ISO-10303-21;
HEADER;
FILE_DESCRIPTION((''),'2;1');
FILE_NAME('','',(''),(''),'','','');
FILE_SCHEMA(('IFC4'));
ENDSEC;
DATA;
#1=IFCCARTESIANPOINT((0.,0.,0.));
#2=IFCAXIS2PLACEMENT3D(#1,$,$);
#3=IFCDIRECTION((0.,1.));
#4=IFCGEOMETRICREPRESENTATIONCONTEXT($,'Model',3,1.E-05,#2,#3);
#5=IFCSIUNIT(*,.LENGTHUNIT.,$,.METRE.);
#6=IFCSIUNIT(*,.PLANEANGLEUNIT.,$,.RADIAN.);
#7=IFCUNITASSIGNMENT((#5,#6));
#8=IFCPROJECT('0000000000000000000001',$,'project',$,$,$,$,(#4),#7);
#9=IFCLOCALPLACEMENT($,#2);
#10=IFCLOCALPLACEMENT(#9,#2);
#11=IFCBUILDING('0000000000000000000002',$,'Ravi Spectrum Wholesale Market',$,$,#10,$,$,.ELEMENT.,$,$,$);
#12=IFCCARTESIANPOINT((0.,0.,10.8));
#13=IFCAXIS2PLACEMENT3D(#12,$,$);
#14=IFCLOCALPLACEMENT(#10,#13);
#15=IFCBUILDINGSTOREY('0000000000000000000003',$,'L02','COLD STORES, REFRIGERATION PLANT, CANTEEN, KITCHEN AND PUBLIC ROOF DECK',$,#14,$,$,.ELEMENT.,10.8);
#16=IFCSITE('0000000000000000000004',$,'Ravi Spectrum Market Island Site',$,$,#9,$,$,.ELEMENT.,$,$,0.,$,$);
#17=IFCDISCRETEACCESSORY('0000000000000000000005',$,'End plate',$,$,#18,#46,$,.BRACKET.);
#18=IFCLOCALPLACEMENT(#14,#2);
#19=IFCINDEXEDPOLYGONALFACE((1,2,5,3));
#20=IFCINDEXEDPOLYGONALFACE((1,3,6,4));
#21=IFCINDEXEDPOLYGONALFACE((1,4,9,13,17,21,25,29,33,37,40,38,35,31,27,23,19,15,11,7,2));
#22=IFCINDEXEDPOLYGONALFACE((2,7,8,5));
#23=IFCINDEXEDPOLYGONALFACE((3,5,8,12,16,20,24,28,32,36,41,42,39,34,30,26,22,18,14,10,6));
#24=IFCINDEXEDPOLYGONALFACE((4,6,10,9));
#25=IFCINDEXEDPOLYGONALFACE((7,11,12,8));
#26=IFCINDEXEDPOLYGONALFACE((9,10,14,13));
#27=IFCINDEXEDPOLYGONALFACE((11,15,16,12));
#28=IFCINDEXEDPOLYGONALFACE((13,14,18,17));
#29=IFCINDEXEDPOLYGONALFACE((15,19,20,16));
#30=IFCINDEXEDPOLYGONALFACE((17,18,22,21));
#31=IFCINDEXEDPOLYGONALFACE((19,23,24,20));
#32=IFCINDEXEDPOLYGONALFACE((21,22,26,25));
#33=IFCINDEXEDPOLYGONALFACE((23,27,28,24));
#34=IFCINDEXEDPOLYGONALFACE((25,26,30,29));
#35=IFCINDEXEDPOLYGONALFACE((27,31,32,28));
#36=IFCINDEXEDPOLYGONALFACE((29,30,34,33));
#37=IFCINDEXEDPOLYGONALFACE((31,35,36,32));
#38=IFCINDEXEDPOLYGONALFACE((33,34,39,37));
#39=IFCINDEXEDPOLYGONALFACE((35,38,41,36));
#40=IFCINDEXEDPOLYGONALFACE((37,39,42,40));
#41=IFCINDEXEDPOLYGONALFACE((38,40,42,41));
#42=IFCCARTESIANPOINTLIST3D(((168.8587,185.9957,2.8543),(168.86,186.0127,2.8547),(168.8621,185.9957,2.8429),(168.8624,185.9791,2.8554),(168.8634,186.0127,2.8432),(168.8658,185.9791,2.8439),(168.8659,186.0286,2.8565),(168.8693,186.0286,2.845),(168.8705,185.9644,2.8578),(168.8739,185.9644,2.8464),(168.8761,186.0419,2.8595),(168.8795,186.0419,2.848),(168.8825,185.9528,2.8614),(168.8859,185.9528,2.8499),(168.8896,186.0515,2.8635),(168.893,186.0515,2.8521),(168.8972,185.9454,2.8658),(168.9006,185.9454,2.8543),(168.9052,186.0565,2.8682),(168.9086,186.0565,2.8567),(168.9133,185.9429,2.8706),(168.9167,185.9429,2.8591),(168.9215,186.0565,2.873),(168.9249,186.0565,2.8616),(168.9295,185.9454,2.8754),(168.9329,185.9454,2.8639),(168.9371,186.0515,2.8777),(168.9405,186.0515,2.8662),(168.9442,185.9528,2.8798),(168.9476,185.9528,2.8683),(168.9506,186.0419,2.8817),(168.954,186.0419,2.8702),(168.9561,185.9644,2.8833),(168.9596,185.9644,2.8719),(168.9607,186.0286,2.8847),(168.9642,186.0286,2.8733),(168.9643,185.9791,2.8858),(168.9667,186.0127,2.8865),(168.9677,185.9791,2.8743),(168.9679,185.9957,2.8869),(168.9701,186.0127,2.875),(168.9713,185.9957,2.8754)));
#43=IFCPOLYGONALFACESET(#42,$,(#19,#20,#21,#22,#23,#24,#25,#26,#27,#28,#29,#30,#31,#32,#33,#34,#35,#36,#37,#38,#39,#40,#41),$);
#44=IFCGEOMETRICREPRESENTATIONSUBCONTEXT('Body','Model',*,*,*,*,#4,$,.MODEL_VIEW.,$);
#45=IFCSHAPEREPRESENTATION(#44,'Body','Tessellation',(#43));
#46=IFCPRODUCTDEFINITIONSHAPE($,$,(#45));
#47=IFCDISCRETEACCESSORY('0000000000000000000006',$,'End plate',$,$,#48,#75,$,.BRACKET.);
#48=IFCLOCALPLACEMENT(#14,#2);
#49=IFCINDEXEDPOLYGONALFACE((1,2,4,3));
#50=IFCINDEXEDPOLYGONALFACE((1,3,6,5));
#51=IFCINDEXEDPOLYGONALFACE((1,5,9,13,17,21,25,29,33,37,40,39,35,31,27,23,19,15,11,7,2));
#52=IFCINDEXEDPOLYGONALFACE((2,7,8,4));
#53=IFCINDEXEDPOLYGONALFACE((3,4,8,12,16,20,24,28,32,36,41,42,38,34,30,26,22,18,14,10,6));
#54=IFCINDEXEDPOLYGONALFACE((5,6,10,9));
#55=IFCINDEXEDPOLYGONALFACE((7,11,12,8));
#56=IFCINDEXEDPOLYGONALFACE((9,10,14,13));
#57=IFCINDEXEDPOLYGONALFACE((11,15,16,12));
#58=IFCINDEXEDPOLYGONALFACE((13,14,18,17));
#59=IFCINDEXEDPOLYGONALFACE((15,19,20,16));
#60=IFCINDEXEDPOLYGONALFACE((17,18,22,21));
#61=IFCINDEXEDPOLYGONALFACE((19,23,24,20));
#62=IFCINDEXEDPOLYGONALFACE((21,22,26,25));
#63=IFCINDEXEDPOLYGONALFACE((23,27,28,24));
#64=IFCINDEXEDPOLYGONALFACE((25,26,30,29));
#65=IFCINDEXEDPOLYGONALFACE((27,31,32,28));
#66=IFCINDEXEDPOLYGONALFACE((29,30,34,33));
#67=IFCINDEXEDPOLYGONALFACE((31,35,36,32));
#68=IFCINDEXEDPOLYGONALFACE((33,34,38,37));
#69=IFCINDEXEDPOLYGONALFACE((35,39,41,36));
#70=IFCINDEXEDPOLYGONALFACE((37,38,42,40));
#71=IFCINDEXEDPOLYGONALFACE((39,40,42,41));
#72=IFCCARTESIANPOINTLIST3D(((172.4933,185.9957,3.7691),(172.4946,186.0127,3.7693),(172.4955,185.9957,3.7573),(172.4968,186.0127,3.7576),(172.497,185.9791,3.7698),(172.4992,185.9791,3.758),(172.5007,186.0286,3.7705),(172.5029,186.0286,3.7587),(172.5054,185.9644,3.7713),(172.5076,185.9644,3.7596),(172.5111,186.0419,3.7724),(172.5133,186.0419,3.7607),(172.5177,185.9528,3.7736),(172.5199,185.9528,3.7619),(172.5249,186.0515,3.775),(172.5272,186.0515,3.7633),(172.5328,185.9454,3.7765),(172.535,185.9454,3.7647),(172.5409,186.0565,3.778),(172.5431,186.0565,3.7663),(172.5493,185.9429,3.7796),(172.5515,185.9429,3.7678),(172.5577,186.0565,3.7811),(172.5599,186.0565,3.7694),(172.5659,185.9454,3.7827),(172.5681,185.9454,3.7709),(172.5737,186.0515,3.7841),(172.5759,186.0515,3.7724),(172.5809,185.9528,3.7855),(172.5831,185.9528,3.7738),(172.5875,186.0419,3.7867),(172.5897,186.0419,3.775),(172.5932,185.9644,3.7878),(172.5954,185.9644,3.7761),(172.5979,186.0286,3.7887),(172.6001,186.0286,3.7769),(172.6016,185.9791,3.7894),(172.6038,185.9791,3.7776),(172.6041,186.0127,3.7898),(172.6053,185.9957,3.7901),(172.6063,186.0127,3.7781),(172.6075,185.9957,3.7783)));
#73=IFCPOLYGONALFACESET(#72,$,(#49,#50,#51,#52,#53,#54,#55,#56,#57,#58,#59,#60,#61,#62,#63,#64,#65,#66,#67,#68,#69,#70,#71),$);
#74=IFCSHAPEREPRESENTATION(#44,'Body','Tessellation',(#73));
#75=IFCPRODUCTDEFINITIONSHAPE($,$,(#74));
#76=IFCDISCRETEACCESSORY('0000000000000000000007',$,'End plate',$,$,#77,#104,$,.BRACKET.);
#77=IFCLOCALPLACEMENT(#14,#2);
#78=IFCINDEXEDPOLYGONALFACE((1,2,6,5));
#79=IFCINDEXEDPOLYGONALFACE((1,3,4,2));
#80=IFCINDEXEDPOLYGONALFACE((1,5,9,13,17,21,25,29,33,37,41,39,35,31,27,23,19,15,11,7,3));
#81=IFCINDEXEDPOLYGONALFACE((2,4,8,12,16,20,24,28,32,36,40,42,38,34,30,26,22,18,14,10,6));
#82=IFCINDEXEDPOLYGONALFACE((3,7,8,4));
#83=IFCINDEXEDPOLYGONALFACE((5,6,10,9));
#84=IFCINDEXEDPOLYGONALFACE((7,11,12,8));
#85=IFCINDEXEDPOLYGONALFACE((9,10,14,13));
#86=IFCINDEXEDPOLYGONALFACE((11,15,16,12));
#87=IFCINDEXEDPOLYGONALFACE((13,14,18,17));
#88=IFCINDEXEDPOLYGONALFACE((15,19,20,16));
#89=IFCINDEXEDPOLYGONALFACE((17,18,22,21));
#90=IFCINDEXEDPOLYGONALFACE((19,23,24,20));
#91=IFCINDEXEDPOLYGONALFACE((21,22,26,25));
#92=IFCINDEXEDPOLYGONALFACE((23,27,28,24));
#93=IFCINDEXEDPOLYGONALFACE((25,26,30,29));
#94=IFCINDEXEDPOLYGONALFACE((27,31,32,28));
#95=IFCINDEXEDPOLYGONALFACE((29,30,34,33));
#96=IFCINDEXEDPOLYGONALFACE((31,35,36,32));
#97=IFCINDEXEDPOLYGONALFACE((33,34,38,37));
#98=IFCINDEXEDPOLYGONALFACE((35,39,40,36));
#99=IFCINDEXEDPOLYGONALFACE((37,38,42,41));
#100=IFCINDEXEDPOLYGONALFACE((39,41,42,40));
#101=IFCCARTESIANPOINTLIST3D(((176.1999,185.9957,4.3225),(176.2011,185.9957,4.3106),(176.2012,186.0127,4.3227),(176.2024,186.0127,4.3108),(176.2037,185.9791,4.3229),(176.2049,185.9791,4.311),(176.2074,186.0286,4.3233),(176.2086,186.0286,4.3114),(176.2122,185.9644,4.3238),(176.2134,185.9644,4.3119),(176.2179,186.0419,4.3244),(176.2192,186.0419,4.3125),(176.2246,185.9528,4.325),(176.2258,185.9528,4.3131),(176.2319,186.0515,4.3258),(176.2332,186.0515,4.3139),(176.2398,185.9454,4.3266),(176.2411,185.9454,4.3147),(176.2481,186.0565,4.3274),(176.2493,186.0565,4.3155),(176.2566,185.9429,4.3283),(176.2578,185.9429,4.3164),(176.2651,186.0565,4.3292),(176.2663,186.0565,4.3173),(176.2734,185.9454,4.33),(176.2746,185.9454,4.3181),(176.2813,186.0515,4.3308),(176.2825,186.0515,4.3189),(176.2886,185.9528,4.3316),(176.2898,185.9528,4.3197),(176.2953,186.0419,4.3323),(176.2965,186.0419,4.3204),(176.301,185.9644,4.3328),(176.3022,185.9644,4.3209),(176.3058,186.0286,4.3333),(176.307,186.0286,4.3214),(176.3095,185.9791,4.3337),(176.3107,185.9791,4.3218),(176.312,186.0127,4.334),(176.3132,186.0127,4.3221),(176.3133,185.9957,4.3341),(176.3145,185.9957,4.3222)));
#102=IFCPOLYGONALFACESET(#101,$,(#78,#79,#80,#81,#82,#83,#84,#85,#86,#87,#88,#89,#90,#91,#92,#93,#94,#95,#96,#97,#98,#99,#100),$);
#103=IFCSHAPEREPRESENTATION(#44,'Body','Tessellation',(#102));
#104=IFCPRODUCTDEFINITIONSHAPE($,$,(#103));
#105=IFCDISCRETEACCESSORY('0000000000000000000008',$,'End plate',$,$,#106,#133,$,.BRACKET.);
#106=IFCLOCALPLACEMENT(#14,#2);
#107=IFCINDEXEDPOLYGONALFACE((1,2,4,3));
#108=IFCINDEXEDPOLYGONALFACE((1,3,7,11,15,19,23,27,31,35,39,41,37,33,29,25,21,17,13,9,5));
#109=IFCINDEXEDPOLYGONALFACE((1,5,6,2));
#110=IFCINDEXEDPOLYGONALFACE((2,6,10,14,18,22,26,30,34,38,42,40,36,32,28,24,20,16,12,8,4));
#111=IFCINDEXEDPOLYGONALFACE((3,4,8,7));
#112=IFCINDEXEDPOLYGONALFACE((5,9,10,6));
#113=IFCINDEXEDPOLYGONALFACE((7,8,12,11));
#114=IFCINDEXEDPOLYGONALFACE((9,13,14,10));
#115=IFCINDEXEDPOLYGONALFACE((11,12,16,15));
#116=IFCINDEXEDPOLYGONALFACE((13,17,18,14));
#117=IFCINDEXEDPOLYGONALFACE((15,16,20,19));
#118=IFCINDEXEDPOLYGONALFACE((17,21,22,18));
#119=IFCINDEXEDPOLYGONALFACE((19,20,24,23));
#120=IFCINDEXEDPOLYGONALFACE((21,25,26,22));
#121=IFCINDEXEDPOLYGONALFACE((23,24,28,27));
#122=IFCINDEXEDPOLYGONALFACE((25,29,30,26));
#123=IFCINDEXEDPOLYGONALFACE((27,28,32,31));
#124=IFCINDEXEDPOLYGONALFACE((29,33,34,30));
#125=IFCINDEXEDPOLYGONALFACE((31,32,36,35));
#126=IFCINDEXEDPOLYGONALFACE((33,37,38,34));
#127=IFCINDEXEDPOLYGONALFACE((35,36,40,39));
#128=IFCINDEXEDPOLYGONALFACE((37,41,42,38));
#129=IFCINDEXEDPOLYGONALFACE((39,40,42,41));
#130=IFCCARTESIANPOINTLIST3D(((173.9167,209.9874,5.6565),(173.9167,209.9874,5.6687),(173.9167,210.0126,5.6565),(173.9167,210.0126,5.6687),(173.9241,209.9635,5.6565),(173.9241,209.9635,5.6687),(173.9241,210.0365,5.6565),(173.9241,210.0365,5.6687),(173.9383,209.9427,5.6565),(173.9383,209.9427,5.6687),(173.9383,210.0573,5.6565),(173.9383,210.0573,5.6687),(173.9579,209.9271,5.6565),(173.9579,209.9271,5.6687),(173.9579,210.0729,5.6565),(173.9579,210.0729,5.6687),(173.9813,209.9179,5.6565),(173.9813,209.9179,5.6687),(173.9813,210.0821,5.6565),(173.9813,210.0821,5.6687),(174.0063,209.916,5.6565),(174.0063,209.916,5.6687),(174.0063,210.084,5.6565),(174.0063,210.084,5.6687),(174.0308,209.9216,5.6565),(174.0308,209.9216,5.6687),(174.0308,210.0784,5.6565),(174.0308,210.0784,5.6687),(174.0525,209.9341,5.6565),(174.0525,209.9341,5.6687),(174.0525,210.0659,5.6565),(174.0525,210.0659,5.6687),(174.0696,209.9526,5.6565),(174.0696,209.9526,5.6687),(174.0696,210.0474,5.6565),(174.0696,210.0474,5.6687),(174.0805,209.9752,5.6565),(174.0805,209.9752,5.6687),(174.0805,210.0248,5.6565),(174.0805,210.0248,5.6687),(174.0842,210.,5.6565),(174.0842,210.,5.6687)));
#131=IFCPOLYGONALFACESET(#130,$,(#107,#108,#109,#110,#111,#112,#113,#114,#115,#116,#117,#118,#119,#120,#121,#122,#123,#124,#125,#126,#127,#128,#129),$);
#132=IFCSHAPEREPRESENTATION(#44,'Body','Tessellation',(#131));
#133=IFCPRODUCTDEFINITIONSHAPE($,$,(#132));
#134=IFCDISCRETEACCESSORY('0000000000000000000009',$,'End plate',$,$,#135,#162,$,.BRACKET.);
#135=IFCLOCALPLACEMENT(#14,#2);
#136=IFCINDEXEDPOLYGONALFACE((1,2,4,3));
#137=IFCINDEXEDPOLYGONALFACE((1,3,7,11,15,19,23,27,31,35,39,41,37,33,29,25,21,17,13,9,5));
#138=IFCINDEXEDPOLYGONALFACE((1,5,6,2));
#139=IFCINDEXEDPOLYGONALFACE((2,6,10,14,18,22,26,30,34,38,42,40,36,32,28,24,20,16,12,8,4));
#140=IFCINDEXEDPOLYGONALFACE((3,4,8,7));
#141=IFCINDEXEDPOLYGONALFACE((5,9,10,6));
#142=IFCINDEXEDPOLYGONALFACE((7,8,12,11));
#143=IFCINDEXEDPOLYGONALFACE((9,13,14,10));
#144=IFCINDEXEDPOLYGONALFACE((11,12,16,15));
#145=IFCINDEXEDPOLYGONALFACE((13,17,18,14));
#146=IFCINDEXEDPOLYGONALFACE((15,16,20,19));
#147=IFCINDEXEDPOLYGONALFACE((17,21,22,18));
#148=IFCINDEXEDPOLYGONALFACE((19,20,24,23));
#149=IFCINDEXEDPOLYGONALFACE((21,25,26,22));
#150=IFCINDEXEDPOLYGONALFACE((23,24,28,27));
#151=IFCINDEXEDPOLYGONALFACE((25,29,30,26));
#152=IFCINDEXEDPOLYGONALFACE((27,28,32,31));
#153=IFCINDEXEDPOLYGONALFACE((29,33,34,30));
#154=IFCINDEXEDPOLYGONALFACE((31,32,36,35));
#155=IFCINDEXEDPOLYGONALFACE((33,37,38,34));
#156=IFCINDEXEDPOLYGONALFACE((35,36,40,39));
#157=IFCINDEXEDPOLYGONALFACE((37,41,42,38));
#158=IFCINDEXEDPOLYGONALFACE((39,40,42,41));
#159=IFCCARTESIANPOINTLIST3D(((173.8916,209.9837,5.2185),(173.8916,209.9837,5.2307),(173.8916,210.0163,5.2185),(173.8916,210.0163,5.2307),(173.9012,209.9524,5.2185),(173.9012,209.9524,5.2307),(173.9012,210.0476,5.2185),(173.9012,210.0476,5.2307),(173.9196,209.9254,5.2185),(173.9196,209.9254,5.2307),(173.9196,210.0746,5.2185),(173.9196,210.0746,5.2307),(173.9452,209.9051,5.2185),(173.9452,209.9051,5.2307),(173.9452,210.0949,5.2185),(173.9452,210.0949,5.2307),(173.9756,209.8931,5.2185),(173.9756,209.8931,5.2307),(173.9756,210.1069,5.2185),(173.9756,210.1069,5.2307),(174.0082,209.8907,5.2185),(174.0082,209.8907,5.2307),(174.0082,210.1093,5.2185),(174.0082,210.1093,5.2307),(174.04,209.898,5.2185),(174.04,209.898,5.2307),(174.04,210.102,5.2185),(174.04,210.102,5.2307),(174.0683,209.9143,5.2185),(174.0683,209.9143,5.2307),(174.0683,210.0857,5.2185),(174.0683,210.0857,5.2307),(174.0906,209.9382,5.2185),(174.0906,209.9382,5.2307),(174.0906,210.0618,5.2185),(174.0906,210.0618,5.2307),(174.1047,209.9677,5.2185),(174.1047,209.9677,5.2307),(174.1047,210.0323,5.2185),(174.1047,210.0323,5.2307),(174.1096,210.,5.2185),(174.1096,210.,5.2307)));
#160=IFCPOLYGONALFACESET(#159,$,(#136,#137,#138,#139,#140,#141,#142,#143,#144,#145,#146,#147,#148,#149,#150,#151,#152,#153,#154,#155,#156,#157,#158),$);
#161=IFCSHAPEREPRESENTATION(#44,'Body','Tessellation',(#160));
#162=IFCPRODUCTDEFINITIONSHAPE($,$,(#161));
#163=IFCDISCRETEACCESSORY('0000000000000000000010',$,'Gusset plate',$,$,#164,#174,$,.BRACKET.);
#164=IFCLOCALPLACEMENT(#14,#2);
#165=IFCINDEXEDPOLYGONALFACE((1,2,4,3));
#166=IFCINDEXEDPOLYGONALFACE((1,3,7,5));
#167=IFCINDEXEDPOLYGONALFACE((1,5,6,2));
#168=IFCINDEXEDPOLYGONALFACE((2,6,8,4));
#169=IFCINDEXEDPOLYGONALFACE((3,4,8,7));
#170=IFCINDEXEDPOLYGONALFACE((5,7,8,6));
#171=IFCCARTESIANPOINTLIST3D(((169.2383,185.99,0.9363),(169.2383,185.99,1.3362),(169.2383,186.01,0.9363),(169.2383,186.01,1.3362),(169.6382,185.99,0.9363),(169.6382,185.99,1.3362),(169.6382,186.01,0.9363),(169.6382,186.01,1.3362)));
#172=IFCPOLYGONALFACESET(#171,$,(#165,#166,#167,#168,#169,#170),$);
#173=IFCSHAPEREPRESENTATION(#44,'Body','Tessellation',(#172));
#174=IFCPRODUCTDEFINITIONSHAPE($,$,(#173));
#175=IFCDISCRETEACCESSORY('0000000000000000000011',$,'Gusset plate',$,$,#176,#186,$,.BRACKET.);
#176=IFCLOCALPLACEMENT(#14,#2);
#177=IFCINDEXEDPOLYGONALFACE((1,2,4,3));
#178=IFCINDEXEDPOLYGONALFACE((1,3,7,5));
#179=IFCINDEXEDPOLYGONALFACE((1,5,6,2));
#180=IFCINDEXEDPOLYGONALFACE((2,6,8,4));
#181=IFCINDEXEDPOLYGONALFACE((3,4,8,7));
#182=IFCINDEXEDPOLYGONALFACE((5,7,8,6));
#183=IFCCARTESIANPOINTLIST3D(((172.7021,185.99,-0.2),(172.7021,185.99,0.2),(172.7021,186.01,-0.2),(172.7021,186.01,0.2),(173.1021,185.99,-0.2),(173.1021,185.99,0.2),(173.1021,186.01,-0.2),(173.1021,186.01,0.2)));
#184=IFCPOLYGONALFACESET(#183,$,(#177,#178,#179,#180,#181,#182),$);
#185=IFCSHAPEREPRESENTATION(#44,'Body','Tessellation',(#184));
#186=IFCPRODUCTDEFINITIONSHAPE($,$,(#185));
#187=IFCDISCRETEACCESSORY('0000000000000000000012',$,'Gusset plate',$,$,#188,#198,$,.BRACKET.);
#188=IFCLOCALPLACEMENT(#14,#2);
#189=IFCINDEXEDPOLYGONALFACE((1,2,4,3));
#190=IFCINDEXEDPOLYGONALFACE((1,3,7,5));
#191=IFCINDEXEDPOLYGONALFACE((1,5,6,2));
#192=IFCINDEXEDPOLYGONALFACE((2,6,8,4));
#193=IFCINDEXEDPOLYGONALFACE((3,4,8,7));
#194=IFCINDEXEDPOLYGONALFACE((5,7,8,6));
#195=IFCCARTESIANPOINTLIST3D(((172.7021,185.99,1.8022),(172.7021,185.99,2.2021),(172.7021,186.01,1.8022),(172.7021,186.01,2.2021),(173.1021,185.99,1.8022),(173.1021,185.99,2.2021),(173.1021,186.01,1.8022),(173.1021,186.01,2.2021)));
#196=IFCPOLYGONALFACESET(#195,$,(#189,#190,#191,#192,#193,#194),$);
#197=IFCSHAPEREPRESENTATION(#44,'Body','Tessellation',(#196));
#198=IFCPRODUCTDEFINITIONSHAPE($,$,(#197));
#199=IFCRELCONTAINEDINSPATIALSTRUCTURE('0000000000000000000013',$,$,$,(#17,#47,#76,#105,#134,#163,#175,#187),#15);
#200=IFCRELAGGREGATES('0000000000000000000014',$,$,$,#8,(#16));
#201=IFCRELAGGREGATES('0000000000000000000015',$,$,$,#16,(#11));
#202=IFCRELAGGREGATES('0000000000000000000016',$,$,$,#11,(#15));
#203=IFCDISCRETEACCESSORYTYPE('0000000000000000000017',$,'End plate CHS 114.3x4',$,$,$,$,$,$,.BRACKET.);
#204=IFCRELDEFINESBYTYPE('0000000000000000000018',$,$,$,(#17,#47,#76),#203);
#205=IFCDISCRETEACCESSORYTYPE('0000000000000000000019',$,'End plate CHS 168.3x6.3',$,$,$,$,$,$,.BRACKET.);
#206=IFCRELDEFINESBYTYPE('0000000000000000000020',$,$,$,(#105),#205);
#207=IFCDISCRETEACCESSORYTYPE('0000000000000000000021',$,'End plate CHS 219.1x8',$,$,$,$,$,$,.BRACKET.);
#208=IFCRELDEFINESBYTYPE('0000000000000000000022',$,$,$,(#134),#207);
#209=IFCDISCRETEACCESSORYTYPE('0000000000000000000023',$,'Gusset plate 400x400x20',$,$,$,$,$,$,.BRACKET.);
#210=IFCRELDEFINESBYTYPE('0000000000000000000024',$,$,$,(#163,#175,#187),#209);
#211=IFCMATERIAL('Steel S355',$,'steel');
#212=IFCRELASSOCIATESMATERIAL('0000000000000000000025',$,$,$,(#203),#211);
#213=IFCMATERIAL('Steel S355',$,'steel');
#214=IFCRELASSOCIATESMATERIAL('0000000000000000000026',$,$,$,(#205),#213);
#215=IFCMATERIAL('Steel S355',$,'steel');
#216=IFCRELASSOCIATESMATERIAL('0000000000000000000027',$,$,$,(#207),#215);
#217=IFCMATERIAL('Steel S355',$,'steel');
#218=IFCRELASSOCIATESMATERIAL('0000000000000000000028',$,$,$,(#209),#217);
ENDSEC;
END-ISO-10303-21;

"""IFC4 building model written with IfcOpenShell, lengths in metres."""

from ifc_helpers import new_model, si_unit, direction, frame, origin, origin_2d, place, context, subcontext, project, spatial, rectangle, circle, extrude, material, material_profile, profile_set, type_object, element, save


model = new_model("IFC4")

# Units and contexts
model_context = context("Model", 3, precision=1e-05, world=origin(), true_north=direction((0.0, 1.0)))
body_context = subcontext(model_context, "Body", "Model", "MODEL_VIEW")
ifc_project = project(units=[si_unit("LENGTHUNIT", "METRE"), si_unit("PLANEANGLEUNIT", "RADIAN")], contexts=[model_context])

# Site, building, storey
site_placement = place(None, origin())
site = spatial("IfcSite", under=ifc_project, at=site_placement, Name="Ravi Spectrum Market Island Site", CompositionType="ELEMENT", RefElevation=0.0)
building_placement = place(site_placement, origin())
building = spatial("IfcBuilding", under=site, at=building_placement, Name="Ravi Spectrum Wholesale Market", CompositionType="ELEMENT")
storey_placement = place(building_placement, frame((0.0, 0.0, 10.8)))
storey = spatial("IfcBuildingStorey", under=building, at=storey_placement, Name="L02", Description="COLD STORES, REFRIGERATION PLANT, CANTEEN, KITCHEN AND PUBLIC ROOF DECK", CompositionType="ELEMENT", Elevation=10.8)

# Discrete accessories
ifc_material_1 = material(Name="Steel S355", Category="steel")
ifc_material_profile_1 = material_profile(ifc_material_1, circle(Radius=0.0571, at=origin_2d()))
ifc_profile_set_1 = profile_set([ifc_material_profile_1], Name="Steel S355")
discrete_accessory_type_1 = type_object("IfcDiscreteAccessoryType", Name="End plate CHS 114.3x4", PredefinedType="BRACKET", material=ifc_profile_set_1)
for number, where, z_axis, x_axis, name in (
    (1, (168.9167, 186.0, 2.8591), (-0.285477, 0.0, 0.958386), (0.0, -1.0, 0.0), "End plate"),
    (2, (172.5515, 186.0, 3.7678), (-0.184289, 0.0, 0.982872), (0.0, -1.0, 0.0), "End plate"),
    (3, (176.2578, 186.0, 4.3164), (-0.101514, 0.0, 0.994834), (0.0, -1.0, 0.0), "End plate"),
):
    element("IfcDiscreteAccessory", number, at=place(storey_placement, frame(where, z_axis=z_axis, x_axis=x_axis)), inside=storey, type_object=discrete_accessory_type_1, Name=name, PredefinedType="BRACKET", context=body_context, shape_type="SweptSolid", body=[
        extrude(circle(Radius=0.0571, at=origin_2d()), origin(), (0.0, 0.0, 1.0), 0.012),
    ])
ifc_material_2 = material(Name="Steel S355", Category="steel")
ifc_material_profile_2 = material_profile(ifc_material_2, circle(Radius=0.0842, at=origin_2d()))
ifc_profile_set_2 = profile_set([ifc_material_profile_2], Name="Steel S355")
discrete_accessory_type_2 = type_object("IfcDiscreteAccessoryType", Name="End plate CHS 168.3x6.3", PredefinedType="BRACKET", material=ifc_profile_set_2)
discrete_accessory_1_placement = place(storey_placement, frame((174.0, 210.0, 5.6687), z_axis=(0.0, 0.0, -1.0), x_axis=(1.0, 0.0, 0.0)))
element("IfcDiscreteAccessory", 4, at=discrete_accessory_1_placement, inside=storey, type_object=discrete_accessory_type_2, Name="End plate", PredefinedType="BRACKET", context=body_context, shape_type="SweptSolid", body=[
    extrude(circle(Radius=0.0842, at=origin_2d()), origin(), (0.0, 0.0, 1.0), 0.0122),
])
ifc_material_3 = material(Name="Steel S355", Category="steel")
ifc_material_profile_3 = material_profile(ifc_material_3, circle(Radius=0.1096, at=origin_2d()))
ifc_profile_set_3 = profile_set([ifc_material_profile_3], Name="Steel S355")
discrete_accessory_type_3 = type_object("IfcDiscreteAccessoryType", Name="End plate CHS 219.1x8", PredefinedType="BRACKET", material=ifc_profile_set_3)
discrete_accessory_2_placement = place(storey_placement, frame((174.0, 210.0, 5.2185), z_axis=(0.0, 0.0, 1.0), x_axis=(1.0, 0.0, 0.0)))
element("IfcDiscreteAccessory", 5, at=discrete_accessory_2_placement, inside=storey, type_object=discrete_accessory_type_3, Name="End plate", PredefinedType="BRACKET", context=body_context, shape_type="SweptSolid", body=[
    extrude(circle(Radius=0.1096, at=origin_2d()), origin(), (0.0, 0.0, 1.0), 0.0122),
])
ifc_material_4 = material(Name="Steel S355", Category="steel")
ifc_material_profile_4 = material_profile(ifc_material_4, rectangle(XDim=0.3999, YDim=0.02, at=origin_2d()))
ifc_profile_set_4 = profile_set([ifc_material_profile_4], Name="Steel S355")
discrete_accessory_type_4 = type_object("IfcDiscreteAccessoryType", Name="Gusset plate 400x400x20", PredefinedType="BRACKET", material=ifc_profile_set_4)
for number, where, z_axis, x_axis, name in (
    (6, (169.4382, 186.0, 0.9363), (0.0, 0.0, 1.0), (1.0, 0.0, 0.0), "Gusset plate"),
    (7, (172.9021, 186.0, -0.2), (0.0, 0.0, 1.0), (1.0, 0.0, 0.0), "Gusset plate"),
    (8, (172.9021, 186.0, 1.8022), (0.0, 0.0, 1.0), (1.0, 0.0, 0.0), "Gusset plate"),
):
    element("IfcDiscreteAccessory", number, at=place(storey_placement, frame(where, z_axis=z_axis, x_axis=x_axis)), inside=storey, type_object=discrete_accessory_type_4, Name=name, PredefinedType="BRACKET", context=body_context, shape_type="SweptSolid", body=[
        extrude(rectangle(XDim=0.3999, YDim=0.02, at=origin_2d()), origin(), (0.0, 0.0, 1.0), 0.3999),
    ])

save(model, "model.ifc")
